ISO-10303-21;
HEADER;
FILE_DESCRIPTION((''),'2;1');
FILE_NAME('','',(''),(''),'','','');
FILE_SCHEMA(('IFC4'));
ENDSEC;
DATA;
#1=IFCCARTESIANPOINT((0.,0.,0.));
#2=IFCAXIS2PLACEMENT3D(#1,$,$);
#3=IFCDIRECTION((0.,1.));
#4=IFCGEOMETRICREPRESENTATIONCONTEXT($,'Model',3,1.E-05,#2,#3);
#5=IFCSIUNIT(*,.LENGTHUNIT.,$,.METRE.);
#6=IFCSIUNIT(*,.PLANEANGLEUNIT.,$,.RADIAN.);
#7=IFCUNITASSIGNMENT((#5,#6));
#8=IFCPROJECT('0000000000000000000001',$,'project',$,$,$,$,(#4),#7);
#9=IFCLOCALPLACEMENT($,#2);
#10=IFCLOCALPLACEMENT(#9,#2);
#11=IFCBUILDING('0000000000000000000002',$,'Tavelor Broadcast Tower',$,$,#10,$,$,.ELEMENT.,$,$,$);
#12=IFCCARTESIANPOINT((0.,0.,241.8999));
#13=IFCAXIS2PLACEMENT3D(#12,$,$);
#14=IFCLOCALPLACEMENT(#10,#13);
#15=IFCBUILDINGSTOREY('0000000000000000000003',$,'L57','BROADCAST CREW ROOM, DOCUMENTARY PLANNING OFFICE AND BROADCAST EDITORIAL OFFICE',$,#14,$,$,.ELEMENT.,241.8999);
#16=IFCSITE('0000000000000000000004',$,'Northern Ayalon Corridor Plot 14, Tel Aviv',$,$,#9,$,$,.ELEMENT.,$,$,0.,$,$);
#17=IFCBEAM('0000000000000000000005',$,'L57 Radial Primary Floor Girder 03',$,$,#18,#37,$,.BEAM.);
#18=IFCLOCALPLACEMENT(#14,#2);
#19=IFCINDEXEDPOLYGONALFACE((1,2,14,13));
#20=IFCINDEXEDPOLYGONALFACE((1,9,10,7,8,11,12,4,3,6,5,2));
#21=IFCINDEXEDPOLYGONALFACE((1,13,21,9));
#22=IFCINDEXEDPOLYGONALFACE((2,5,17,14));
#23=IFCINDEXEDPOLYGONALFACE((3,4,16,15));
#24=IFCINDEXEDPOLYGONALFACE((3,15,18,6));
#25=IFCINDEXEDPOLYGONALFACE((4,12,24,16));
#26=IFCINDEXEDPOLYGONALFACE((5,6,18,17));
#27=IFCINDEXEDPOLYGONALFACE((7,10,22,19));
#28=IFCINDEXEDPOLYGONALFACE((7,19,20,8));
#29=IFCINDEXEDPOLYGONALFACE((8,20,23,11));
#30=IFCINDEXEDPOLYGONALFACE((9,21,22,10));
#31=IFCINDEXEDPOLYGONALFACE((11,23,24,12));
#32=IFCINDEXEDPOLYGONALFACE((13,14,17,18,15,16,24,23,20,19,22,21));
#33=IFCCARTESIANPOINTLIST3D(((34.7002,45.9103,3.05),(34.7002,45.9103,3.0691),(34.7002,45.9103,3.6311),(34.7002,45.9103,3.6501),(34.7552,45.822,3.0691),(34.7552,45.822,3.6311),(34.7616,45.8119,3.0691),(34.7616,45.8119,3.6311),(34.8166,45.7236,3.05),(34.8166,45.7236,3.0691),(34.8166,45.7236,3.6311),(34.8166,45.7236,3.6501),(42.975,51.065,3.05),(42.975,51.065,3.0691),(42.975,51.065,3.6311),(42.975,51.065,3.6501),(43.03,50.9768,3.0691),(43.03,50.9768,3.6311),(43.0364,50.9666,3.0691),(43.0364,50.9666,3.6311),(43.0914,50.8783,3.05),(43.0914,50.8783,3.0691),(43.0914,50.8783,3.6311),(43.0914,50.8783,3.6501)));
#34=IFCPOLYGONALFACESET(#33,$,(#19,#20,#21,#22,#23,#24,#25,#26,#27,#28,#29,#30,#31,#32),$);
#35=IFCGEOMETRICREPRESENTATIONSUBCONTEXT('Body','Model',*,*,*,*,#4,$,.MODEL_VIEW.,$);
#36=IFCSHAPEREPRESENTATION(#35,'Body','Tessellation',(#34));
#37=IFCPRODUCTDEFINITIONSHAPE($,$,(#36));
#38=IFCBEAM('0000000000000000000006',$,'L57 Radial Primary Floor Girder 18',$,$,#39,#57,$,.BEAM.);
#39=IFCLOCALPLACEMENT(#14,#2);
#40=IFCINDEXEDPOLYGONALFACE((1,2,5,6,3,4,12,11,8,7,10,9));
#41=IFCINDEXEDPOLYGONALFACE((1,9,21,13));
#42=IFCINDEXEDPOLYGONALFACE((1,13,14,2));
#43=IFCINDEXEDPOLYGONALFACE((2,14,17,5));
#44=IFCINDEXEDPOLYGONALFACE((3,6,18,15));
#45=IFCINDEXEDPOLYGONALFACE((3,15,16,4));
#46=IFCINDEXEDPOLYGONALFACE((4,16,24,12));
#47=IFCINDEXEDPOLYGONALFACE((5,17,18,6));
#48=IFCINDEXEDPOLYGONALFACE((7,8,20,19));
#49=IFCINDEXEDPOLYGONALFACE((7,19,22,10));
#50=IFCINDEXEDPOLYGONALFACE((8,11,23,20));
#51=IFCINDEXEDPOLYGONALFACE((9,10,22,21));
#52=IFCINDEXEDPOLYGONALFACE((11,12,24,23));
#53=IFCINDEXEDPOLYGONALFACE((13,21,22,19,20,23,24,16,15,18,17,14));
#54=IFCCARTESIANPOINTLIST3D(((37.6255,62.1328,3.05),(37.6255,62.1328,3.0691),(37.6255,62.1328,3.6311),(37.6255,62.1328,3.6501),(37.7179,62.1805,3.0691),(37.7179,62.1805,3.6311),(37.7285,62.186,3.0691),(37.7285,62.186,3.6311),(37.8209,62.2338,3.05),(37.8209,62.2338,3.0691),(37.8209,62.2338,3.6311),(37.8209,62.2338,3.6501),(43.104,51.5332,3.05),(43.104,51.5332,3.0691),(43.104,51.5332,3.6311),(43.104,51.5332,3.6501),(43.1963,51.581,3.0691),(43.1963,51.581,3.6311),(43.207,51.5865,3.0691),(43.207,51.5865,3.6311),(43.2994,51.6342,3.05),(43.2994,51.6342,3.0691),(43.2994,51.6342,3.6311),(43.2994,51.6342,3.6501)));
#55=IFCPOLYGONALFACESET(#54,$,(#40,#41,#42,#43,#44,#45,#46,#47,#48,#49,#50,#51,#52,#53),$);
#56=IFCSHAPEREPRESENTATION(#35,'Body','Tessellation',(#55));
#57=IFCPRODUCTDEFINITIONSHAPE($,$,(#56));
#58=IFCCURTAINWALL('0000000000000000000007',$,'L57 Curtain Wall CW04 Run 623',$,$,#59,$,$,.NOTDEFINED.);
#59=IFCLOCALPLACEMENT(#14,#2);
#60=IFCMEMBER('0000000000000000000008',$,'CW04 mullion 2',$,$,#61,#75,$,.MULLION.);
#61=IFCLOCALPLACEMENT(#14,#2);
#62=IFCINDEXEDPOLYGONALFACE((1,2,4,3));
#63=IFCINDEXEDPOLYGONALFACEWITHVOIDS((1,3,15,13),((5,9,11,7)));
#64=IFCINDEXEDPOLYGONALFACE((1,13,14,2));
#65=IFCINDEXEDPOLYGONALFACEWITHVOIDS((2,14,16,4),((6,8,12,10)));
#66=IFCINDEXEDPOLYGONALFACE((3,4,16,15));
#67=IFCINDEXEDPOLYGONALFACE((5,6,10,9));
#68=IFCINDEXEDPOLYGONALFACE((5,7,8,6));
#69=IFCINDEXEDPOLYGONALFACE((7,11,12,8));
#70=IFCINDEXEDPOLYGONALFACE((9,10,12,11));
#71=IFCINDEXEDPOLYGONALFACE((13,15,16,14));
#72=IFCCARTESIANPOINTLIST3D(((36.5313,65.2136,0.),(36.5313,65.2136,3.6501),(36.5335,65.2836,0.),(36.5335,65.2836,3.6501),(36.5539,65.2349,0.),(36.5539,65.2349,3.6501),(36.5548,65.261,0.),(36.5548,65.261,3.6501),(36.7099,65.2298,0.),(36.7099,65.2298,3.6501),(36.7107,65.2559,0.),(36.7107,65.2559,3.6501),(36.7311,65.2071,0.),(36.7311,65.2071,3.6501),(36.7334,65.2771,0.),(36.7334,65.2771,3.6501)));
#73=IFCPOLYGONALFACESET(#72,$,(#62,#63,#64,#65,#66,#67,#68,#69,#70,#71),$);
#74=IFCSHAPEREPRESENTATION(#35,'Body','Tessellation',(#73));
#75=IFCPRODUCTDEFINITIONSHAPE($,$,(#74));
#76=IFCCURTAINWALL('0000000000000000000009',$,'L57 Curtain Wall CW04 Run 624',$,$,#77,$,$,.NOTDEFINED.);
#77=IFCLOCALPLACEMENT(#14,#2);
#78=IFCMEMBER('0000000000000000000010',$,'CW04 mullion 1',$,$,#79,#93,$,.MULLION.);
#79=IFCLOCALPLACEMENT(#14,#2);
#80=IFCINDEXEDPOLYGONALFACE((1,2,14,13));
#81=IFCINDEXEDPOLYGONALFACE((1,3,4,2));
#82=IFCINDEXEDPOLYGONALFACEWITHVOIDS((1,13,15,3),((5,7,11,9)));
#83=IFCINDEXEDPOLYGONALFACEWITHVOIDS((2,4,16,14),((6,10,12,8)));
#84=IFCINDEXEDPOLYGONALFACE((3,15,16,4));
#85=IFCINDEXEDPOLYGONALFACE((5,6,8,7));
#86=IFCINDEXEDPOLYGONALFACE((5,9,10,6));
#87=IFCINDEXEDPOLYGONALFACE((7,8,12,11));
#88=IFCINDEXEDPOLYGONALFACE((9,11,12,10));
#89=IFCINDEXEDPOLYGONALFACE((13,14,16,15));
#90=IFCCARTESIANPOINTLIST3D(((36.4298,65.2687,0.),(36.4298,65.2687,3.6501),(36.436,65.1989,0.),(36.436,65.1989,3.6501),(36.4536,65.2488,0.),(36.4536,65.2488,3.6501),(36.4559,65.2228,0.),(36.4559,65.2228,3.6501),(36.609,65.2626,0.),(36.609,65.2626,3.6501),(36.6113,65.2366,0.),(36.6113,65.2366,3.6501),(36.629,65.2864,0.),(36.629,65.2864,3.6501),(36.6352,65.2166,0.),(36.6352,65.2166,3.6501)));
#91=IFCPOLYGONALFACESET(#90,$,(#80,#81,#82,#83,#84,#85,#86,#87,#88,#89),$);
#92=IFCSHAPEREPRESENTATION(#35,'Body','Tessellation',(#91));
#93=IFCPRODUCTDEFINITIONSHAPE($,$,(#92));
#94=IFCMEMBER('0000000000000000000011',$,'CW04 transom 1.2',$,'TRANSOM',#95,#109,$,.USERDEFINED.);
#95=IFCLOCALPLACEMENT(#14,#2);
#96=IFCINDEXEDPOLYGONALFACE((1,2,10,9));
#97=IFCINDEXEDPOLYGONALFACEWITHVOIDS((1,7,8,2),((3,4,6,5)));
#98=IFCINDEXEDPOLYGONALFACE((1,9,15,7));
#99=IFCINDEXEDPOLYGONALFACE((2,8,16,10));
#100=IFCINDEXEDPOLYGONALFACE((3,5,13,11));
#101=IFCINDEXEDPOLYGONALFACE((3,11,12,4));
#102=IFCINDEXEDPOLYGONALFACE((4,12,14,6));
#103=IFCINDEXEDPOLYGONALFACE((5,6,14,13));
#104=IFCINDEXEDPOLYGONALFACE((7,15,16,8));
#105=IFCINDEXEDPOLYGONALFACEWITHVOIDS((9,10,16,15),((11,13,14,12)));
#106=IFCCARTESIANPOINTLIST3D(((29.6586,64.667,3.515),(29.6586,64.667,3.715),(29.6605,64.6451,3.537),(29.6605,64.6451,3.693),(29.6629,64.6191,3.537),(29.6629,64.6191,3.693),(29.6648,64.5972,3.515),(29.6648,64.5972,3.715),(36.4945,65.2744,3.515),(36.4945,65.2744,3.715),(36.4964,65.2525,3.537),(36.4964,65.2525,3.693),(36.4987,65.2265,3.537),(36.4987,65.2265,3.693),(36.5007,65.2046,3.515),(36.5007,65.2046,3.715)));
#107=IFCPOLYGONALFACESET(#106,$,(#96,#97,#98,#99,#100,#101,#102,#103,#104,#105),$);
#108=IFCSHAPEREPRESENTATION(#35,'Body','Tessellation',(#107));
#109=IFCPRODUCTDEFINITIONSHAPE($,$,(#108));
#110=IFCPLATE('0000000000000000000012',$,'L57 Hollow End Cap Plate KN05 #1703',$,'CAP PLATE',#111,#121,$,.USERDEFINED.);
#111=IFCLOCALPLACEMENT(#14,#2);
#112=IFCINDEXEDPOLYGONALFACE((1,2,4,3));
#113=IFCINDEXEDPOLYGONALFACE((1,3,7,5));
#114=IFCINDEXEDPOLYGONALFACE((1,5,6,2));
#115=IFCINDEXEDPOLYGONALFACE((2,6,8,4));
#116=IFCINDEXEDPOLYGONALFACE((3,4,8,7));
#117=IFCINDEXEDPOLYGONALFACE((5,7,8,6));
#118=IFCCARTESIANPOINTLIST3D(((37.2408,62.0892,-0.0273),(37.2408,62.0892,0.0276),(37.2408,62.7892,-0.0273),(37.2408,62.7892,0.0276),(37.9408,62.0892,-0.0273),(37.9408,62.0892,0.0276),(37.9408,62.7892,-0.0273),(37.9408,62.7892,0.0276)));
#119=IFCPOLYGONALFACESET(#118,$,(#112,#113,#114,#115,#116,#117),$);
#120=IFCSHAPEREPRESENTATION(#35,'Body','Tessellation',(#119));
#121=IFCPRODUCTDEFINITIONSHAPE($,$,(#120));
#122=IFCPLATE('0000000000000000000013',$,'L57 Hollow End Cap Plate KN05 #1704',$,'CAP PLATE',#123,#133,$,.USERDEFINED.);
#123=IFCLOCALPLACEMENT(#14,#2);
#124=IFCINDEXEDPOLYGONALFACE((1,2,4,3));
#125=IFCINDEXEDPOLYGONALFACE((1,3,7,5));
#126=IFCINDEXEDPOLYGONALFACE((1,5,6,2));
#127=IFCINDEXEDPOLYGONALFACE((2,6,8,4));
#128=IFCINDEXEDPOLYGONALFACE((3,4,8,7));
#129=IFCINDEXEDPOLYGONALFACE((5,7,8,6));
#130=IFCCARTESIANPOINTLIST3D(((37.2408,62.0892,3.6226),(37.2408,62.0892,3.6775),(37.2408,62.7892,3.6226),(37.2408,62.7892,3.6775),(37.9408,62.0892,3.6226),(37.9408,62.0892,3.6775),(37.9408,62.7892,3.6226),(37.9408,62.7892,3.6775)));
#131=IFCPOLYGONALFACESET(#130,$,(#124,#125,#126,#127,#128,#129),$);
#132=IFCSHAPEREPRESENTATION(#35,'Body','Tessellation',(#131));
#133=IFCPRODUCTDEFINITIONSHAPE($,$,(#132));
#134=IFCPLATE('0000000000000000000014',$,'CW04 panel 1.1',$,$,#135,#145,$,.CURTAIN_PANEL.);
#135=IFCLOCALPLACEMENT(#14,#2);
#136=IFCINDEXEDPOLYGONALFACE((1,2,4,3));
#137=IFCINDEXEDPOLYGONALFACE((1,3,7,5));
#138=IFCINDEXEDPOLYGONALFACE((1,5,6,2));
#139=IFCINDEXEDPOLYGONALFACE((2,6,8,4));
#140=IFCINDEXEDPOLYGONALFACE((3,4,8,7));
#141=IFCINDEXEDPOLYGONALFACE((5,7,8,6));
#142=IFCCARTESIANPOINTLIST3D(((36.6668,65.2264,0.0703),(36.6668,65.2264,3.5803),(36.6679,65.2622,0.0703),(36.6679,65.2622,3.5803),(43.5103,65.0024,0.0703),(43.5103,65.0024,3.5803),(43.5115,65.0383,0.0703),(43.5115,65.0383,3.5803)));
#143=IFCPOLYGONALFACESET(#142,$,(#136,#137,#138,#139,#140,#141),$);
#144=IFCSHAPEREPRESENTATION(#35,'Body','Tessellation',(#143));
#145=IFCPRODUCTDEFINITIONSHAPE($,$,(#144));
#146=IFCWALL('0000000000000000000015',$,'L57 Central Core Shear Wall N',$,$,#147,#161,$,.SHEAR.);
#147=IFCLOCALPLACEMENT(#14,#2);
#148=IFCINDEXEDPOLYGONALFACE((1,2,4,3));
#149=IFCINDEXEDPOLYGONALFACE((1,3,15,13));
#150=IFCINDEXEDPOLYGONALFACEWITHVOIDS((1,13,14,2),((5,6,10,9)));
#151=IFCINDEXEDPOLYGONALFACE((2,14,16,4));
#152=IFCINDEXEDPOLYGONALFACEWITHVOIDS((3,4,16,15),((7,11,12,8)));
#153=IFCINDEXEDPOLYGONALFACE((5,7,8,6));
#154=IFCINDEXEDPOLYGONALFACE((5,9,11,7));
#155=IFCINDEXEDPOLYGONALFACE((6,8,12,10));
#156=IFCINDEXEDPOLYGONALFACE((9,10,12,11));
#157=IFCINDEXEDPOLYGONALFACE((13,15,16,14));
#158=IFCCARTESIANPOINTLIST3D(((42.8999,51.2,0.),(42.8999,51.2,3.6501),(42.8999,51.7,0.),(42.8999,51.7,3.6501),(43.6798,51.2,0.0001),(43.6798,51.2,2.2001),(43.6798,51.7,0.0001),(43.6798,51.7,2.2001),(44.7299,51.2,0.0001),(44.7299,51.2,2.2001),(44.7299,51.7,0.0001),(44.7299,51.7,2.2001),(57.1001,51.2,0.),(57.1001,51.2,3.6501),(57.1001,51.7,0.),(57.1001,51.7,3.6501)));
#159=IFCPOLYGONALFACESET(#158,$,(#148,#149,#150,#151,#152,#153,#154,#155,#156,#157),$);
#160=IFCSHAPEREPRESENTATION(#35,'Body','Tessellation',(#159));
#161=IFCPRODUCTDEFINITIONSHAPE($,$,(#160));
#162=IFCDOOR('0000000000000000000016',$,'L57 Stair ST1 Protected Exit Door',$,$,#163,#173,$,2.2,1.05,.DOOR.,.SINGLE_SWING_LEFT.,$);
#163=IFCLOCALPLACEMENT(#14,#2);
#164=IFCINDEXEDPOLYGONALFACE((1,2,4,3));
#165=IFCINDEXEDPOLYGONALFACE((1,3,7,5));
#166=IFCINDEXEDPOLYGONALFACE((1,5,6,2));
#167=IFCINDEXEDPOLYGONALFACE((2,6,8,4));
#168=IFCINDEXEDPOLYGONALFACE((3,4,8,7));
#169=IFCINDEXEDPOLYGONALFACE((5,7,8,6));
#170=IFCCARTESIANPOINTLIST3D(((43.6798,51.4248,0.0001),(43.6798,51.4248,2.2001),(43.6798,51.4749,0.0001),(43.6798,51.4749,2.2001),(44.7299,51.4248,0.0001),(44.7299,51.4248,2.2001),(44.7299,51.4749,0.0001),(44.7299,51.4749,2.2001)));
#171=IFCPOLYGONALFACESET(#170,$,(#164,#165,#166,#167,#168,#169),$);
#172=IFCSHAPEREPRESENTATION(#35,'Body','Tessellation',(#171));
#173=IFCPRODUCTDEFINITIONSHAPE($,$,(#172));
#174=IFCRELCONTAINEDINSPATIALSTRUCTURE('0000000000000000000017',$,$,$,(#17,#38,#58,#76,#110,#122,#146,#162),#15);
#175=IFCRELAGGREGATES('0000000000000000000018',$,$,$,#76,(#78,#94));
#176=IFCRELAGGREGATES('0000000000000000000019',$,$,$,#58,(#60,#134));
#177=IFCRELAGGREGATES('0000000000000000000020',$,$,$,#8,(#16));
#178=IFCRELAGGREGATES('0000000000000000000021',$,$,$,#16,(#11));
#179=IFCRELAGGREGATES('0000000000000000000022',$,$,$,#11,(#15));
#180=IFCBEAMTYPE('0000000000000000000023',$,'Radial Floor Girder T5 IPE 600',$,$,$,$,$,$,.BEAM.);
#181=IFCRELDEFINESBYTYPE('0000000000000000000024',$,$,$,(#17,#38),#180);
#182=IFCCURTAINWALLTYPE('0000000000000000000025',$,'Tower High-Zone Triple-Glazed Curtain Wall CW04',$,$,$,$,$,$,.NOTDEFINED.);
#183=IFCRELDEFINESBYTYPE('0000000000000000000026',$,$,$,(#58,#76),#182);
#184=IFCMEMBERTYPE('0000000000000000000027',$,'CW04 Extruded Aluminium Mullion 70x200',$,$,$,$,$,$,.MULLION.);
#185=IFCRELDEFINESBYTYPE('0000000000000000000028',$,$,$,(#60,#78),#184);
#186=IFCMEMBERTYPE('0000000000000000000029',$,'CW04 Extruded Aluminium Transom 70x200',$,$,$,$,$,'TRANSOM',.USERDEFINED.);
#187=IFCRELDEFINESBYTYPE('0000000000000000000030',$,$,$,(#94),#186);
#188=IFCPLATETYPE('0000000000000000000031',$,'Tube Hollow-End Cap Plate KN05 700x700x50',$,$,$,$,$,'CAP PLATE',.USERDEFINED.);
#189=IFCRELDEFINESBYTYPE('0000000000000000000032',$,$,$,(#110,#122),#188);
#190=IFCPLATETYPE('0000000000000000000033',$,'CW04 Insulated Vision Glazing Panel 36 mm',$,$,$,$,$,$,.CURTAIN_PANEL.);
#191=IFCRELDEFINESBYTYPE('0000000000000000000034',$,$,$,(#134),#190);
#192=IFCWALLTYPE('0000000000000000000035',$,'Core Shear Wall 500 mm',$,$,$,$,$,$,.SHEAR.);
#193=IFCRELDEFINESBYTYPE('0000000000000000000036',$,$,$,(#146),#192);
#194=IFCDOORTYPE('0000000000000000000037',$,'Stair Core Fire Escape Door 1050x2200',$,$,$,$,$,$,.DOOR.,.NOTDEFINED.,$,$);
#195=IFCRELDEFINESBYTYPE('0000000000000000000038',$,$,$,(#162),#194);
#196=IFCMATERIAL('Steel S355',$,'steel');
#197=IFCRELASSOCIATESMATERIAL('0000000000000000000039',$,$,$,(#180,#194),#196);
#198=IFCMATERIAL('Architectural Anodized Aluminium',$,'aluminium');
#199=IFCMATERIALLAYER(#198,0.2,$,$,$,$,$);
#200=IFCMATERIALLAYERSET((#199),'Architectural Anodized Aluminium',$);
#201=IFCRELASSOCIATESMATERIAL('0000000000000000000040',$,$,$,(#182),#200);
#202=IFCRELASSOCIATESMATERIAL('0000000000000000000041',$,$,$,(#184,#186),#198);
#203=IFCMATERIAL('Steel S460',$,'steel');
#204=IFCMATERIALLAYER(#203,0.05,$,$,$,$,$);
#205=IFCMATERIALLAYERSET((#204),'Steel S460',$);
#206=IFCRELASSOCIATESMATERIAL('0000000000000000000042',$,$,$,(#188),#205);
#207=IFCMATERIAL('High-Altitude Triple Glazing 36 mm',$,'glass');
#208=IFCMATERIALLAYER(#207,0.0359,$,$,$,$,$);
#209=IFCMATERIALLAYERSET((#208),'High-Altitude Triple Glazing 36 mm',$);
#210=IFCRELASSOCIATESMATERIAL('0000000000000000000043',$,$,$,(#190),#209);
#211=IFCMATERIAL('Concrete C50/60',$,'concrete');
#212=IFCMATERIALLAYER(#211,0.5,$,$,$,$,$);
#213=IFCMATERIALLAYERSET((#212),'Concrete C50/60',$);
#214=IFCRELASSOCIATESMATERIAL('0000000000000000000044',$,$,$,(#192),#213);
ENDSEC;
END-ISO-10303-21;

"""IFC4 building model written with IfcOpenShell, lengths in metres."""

from ifc_helpers import new_model, si_unit, direction, frame, frame_2d, origin, origin_2d, place, context, subcontext, project, spatial, rectangle, hollow_rectangle, i_section, extrude, source, transform, mapped, material, layer, layer_set, material_profile, profile_set, type_object, type_shapes, element, fill, aggregate, save


model = new_model("IFC4")

# Units and contexts
model_context = context("Model", 3, precision=1e-05, world=origin(), true_north=direction((0.0, 1.0)))
body_context = subcontext(model_context, "Body", "Model", "MODEL_VIEW")
ifc_project = project(units=[si_unit("LENGTHUNIT", "METRE"), si_unit("PLANEANGLEUNIT", "RADIAN")], contexts=[model_context])

# Site, building, storey
site_placement = place(None, origin())
site = spatial("IfcSite", under=ifc_project, at=site_placement, Name="Northern Ayalon Corridor Plot 14, Tel Aviv", CompositionType="ELEMENT", RefElevation=0.0)
building_placement = place(site_placement, origin())
building = spatial("IfcBuilding", under=site, at=building_placement, Name="Tavelor Broadcast Tower", CompositionType="ELEMENT")
storey_placement = place(building_placement, frame((0.0, 0.0, 241.8999)))
storey = spatial("IfcBuildingStorey", under=building, at=storey_placement, Name="L57", Description="BROADCAST CREW ROOM, DOCUMENTARY PLANNING OFFICE AND BROADCAST EDITORIAL OFFICE", CompositionType="ELEMENT", Elevation=241.8999)

# Shared definitions
ifc_material_1 = material(Name="Concrete C50/60", Category="concrete")
ifc_material_2 = material(Name="Steel S460", Category="steel")

# Beams
ifc_material_3 = material(Name="Steel S355", Category="steel")
ifc_material_profile_1 = material_profile(ifc_material_3, i_section(OverallWidth=0.22, OverallDepth=0.6001, WebThickness=0.012, FlangeThickness=0.019, at=origin_2d()), Name="IPE 600")
ifc_profile_set_1 = profile_set([ifc_material_profile_1], Name="Steel S355")
beam_type_1 = type_object("IfcBeamType", Name="Radial Floor Girder T5 IPE 600", PredefinedType="BEAM", material=ifc_profile_set_1)
beam_1_placement = place(storey_placement, frame((43.0332, 50.9717, 3.3501), z_axis=(-0.848782, -0.528742, 0.0), x_axis=(0.528742, -0.848782, 0.0)))
element("IfcBeam", 1, at=beam_1_placement, inside=storey, type_object=beam_type_1, Name="L57 Radial Primary Floor Girder 03", PredefinedType="BEAM", context=body_context, shape_type="SweptSolid", body=[
    extrude(i_section(OverallWidth=0.22, OverallDepth=0.6001, WebThickness=0.012, FlangeThickness=0.019, at=origin_2d()), origin(), (0.0, 0.0, 1.0), 9.749),
])
beam_2_placement = place(storey_placement, frame((43.2017, 51.5837, 3.3501), z_axis=(-0.459156, 0.888356, 0.0), x_axis=(-0.888356, -0.459156, 0.0)))
element("IfcBeam", 2, at=beam_2_placement, inside=storey, type_object=beam_type_1, Name="L57 Radial Primary Floor Girder 18", PredefinedType="BEAM", context=body_context, shape_type="SweptSolid", body=[
    extrude(i_section(OverallWidth=0.22, OverallDepth=0.6001, WebThickness=0.012, FlangeThickness=0.019, at=origin_2d()), origin(), (0.0, 0.0, 1.0), 11.9316),
])

# Curtain wall, member
ifc_material_4 = material(Name="Architectural Anodized Aluminium", Category="aluminium")
ifc_layer_1 = layer(ifc_material_4, 0.2)
ifc_layer_set_1 = layer_set([ifc_layer_1], Name="Architectural Anodized Aluminium")
curtain_wall_type = type_object("IfcCurtainWallType", Name="Tower High-Zone Triple-Glazed Curtain Wall CW04", PredefinedType="NOTDEFINED", material=ifc_layer_set_1)
curtain_wall_1_placement = place(storey_placement, origin())
curtain_wall_1 = element("IfcCurtainWall", 3, at=curtain_wall_1_placement, inside=storey, type_object=curtain_wall_type, Name="L57 Curtain Wall CW04 Run 623", PredefinedType="NOTDEFINED")
ifc_material_profile_2 = material_profile(ifc_material_4, hollow_rectangle(XDim=0.0701, YDim=0.2, WallThickness=0.022, at=origin_2d()), Name="RHS 70x200x22")
ifc_profile_set_2 = profile_set([ifc_material_profile_2], Name="Architectural Anodized Aluminium")
member_type_1 = type_object("IfcMemberType", Name="CW04 Extruded Aluminium Mullion 70x200", PredefinedType="MULLION", material=ifc_profile_set_2)
shared_shape_1 = source(origin(), body_context, "Body", "SweptSolid", [
    extrude(hollow_rectangle(XDim=0.0701, YDim=0.2, WallThickness=0.022, at=origin_2d()), origin(), (0.0, 0.0, 1.0), 3.6501),
])
type_shapes(member_type_1, [shared_shape_1])
member_1_placement = place(storey_placement, frame((36.6323, 65.2454, 0.0), z_axis=(0.0, 0.0, 1.0), x_axis=(-0.032703, -0.999465, 0.0)))
member_1 = element("IfcMember", 4, at=member_1_placement, type_object=member_type_1, Name="CW04 mullion 2", PredefinedType="MULLION", context=body_context, shape_type="MappedRepresentation", body=[
    mapped(shared_shape_1, transform((0.0, 0.0, 0.0), scale=1.0)),
])

# Curtain wall, members
curtain_wall_2_placement = place(storey_placement, origin())
curtain_wall_2 = element("IfcCurtainWall", 5, at=curtain_wall_2_placement, inside=storey, type_object=curtain_wall_type, Name="L57 Curtain Wall CW04 Run 624", PredefinedType="NOTDEFINED")
member_2_placement = place(storey_placement, frame((36.5325, 65.2427, 0.0), z_axis=(0.0, 0.0, 1.0), x_axis=(0.08849, -0.996077, 0.0)))
member_2 = element("IfcMember", 6, at=member_2_placement, type_object=member_type_1, Name="CW04 mullion 1", PredefinedType="MULLION", context=body_context, shape_type="MappedRepresentation", body=[
    mapped(shared_shape_1, transform((0.0, 0.0, 0.0), scale=1.0)),
])
ifc_material_profile_3 = material_profile(ifc_material_4, hollow_rectangle(XDim=0.0701, YDim=0.2, WallThickness=0.022, at=origin_2d()), Name="RHS 70x200x22")
ifc_profile_set_3 = profile_set([ifc_material_profile_3], Name="Architectural Anodized Aluminium")
member_type_2 = type_object("IfcMemberType", Name="CW04 Extruded Aluminium Transom 70x200", ElementType="TRANSOM", PredefinedType="USERDEFINED", material=ifc_profile_set_3)
shared_shape_2 = source(origin(), body_context, "Body", "SweptSolid", [
    extrude(hollow_rectangle(XDim=0.0701, YDim=0.2, WallThickness=0.022, at=origin_2d()), origin(), (0.0, 0.0, 1.0), 6.8628),
])
type_shapes(member_type_2, [shared_shape_2])
member_3_placement = place(storey_placement, frame((36.4976, 65.2395, 3.615), z_axis=(-0.996075, -0.088508, 0.0), x_axis=(0.088508, -0.996075, 0.0)))
member_3 = element("IfcMember", 7, at=member_3_placement, type_object=member_type_2, Name="CW04 transom 1.2", ObjectType="TRANSOM", PredefinedType="USERDEFINED", context=body_context, shape_type="MappedRepresentation", body=[
    mapped(shared_shape_2, transform((0.0, 0.0, 0.0), scale=1.0)),
])
aggregate(curtain_wall_2, [member_2, member_3])

# Plates
ifc_layer_2 = layer(ifc_material_2, 0.05)
ifc_layer_set_2 = layer_set([ifc_layer_2], Name="Steel S460")
plate_type_1 = type_object("IfcPlateType", Name="Tube Hollow-End Cap Plate KN05 700x700x50", ElementType="CAP PLATE", PredefinedType="USERDEFINED", material=ifc_layer_set_2)
shared_shape_3 = source(origin(), body_context, "Body", "SweptSolid", [
    extrude(rectangle(XDim=0.7, YDim=0.7, at=origin_2d()), origin(), (0.0, 0.0, 1.0), 0.0549),
])
type_shapes(plate_type_1, [shared_shape_3])
for number, where, z_axis, x_axis, name in (
    (8, (37.5908, 62.4392, -0.0273), (0.0, 0.0, 1.0), (1.0, 0.0, 0.0), "L57 Hollow End Cap Plate KN05 #1703"),
    (9, (37.5908, 62.4392, 3.6226), (0.0, 0.0, 1.0), (1.0, 0.0, 0.0), "L57 Hollow End Cap Plate KN05 #1704"),
):
    element("IfcPlate", number, at=place(storey_placement, frame(where, z_axis=z_axis, x_axis=x_axis)), inside=storey, type_object=plate_type_1, Name=name, ObjectType="CAP PLATE", PredefinedType="USERDEFINED", context=body_context, shape_type="MappedRepresentation", body=[
        mapped(shared_shape_3, transform((0.0, 0.0, 0.0), scale=1.0)),
    ])

# Plate
ifc_material_5 = material(Name="High-Altitude Triple Glazing 36 mm", Category="glass")
ifc_layer_3 = layer(ifc_material_5, 0.0359)
ifc_layer_set_3 = layer_set([ifc_layer_3], Name="High-Altitude Triple Glazing 36 mm")
plate_type_2 = type_object("IfcPlateType", Name="CW04 Insulated Vision Glazing Panel 36 mm", PredefinedType="CURTAIN_PANEL", material=ifc_layer_set_3)
shared_shape_4 = source(origin(), body_context, "Body", "SweptSolid", [
    extrude(rectangle(XDim=6.8472, YDim=0.0359, at=origin_2d()), origin(), (0.0, 0.0, 1.0), 3.51),
])
type_shapes(plate_type_2, [shared_shape_4])
plate_placement = place(storey_placement, frame((40.0891, 65.1323, 0.0703), z_axis=(0.0, 0.0, 1.0), x_axis=(-0.999465, 0.032703, 0.0)))
plate = element("IfcPlate", 10, at=plate_placement, type_object=plate_type_2, Name="CW04 panel 1.1", PredefinedType="CURTAIN_PANEL", context=body_context, shape_type="MappedRepresentation", body=[
    mapped(shared_shape_4, transform((0.0, 0.0, 0.0), scale=1.0)),
])
aggregate(curtain_wall_1, [member_1, plate])

# Wall, opening, door
ifc_layer_4 = layer(ifc_material_1, 0.5)
ifc_layer_set_4 = layer_set([ifc_layer_4], Name="Concrete C50/60")
wall_type_1 = type_object("IfcWallType", Name="Core Shear Wall 500 mm", PredefinedType="SHEAR", material=ifc_layer_set_4)
wall_1_placement = place(storey_placement, frame((42.8999, 51.45, 0.0), z_axis=(0.0, 0.0, 1.0), x_axis=(1.0, 0.0, 0.0)))
wall_1 = element("IfcWall", 11, at=wall_1_placement, inside=storey, type_object=wall_type_1, Name="L57 Central Core Shear Wall N", PredefinedType="SHEAR", context=body_context, shape_type="SweptSolid", body=[
    extrude(rectangle(XDim=14.2002, YDim=0.5, at=frame_2d((7.1001, 0.0))), origin(), (0.0, 0.0, 1.0), 3.6501),
])
opening_1_placement = place(wall_1_placement, frame((0.78, 0.0, 0.0)))
opening_1 = element("IfcOpeningElement", 12, at=opening_1_placement, cuts=wall_1, PredefinedType="OPENING", context=body_context, shape_type="SweptSolid", body=[
    extrude(rectangle(XDim=1.05, YDim=2.2, at=frame_2d((0.5249, 1.1001))), frame((0.0, 0.26, 0.0), z_axis=(0.0, -1.0, 0.0), x_axis=(1.0, 0.0, 0.0)), (0.0, 0.0, 1.0), 0.52),
])
door_type_1 = type_object("IfcDoorType", Name="Stair Core Fire Escape Door 1050x2200", OperationType="NOTDEFINED", PredefinedType="DOOR", material=ifc_material_3)
door_1_placement = place(opening_1_placement, origin())
door_1 = element("IfcDoor", 13, at=door_1_placement, inside=storey, type_object=door_type_1, Name="L57 Stair ST1 Protected Exit Door", OperationType="SINGLE_SWING_LEFT", OverallHeight=2.2, OverallWidth=1.05, PredefinedType="DOOR", context=body_context, shape_type="SweptSolid", body=[
    extrude(rectangle(XDim=1.05, YDim=2.2, at=frame_2d((0.5249, 1.1001))), frame((0.0, 0.0249, 0.0), z_axis=(0.0, -1.0, 0.0), x_axis=(1.0, 0.0, 0.0)), (0.0, 0.0, 1.0), 0.05),
])
fill(opening_1, door_1)

save(model, "model.ifc")
